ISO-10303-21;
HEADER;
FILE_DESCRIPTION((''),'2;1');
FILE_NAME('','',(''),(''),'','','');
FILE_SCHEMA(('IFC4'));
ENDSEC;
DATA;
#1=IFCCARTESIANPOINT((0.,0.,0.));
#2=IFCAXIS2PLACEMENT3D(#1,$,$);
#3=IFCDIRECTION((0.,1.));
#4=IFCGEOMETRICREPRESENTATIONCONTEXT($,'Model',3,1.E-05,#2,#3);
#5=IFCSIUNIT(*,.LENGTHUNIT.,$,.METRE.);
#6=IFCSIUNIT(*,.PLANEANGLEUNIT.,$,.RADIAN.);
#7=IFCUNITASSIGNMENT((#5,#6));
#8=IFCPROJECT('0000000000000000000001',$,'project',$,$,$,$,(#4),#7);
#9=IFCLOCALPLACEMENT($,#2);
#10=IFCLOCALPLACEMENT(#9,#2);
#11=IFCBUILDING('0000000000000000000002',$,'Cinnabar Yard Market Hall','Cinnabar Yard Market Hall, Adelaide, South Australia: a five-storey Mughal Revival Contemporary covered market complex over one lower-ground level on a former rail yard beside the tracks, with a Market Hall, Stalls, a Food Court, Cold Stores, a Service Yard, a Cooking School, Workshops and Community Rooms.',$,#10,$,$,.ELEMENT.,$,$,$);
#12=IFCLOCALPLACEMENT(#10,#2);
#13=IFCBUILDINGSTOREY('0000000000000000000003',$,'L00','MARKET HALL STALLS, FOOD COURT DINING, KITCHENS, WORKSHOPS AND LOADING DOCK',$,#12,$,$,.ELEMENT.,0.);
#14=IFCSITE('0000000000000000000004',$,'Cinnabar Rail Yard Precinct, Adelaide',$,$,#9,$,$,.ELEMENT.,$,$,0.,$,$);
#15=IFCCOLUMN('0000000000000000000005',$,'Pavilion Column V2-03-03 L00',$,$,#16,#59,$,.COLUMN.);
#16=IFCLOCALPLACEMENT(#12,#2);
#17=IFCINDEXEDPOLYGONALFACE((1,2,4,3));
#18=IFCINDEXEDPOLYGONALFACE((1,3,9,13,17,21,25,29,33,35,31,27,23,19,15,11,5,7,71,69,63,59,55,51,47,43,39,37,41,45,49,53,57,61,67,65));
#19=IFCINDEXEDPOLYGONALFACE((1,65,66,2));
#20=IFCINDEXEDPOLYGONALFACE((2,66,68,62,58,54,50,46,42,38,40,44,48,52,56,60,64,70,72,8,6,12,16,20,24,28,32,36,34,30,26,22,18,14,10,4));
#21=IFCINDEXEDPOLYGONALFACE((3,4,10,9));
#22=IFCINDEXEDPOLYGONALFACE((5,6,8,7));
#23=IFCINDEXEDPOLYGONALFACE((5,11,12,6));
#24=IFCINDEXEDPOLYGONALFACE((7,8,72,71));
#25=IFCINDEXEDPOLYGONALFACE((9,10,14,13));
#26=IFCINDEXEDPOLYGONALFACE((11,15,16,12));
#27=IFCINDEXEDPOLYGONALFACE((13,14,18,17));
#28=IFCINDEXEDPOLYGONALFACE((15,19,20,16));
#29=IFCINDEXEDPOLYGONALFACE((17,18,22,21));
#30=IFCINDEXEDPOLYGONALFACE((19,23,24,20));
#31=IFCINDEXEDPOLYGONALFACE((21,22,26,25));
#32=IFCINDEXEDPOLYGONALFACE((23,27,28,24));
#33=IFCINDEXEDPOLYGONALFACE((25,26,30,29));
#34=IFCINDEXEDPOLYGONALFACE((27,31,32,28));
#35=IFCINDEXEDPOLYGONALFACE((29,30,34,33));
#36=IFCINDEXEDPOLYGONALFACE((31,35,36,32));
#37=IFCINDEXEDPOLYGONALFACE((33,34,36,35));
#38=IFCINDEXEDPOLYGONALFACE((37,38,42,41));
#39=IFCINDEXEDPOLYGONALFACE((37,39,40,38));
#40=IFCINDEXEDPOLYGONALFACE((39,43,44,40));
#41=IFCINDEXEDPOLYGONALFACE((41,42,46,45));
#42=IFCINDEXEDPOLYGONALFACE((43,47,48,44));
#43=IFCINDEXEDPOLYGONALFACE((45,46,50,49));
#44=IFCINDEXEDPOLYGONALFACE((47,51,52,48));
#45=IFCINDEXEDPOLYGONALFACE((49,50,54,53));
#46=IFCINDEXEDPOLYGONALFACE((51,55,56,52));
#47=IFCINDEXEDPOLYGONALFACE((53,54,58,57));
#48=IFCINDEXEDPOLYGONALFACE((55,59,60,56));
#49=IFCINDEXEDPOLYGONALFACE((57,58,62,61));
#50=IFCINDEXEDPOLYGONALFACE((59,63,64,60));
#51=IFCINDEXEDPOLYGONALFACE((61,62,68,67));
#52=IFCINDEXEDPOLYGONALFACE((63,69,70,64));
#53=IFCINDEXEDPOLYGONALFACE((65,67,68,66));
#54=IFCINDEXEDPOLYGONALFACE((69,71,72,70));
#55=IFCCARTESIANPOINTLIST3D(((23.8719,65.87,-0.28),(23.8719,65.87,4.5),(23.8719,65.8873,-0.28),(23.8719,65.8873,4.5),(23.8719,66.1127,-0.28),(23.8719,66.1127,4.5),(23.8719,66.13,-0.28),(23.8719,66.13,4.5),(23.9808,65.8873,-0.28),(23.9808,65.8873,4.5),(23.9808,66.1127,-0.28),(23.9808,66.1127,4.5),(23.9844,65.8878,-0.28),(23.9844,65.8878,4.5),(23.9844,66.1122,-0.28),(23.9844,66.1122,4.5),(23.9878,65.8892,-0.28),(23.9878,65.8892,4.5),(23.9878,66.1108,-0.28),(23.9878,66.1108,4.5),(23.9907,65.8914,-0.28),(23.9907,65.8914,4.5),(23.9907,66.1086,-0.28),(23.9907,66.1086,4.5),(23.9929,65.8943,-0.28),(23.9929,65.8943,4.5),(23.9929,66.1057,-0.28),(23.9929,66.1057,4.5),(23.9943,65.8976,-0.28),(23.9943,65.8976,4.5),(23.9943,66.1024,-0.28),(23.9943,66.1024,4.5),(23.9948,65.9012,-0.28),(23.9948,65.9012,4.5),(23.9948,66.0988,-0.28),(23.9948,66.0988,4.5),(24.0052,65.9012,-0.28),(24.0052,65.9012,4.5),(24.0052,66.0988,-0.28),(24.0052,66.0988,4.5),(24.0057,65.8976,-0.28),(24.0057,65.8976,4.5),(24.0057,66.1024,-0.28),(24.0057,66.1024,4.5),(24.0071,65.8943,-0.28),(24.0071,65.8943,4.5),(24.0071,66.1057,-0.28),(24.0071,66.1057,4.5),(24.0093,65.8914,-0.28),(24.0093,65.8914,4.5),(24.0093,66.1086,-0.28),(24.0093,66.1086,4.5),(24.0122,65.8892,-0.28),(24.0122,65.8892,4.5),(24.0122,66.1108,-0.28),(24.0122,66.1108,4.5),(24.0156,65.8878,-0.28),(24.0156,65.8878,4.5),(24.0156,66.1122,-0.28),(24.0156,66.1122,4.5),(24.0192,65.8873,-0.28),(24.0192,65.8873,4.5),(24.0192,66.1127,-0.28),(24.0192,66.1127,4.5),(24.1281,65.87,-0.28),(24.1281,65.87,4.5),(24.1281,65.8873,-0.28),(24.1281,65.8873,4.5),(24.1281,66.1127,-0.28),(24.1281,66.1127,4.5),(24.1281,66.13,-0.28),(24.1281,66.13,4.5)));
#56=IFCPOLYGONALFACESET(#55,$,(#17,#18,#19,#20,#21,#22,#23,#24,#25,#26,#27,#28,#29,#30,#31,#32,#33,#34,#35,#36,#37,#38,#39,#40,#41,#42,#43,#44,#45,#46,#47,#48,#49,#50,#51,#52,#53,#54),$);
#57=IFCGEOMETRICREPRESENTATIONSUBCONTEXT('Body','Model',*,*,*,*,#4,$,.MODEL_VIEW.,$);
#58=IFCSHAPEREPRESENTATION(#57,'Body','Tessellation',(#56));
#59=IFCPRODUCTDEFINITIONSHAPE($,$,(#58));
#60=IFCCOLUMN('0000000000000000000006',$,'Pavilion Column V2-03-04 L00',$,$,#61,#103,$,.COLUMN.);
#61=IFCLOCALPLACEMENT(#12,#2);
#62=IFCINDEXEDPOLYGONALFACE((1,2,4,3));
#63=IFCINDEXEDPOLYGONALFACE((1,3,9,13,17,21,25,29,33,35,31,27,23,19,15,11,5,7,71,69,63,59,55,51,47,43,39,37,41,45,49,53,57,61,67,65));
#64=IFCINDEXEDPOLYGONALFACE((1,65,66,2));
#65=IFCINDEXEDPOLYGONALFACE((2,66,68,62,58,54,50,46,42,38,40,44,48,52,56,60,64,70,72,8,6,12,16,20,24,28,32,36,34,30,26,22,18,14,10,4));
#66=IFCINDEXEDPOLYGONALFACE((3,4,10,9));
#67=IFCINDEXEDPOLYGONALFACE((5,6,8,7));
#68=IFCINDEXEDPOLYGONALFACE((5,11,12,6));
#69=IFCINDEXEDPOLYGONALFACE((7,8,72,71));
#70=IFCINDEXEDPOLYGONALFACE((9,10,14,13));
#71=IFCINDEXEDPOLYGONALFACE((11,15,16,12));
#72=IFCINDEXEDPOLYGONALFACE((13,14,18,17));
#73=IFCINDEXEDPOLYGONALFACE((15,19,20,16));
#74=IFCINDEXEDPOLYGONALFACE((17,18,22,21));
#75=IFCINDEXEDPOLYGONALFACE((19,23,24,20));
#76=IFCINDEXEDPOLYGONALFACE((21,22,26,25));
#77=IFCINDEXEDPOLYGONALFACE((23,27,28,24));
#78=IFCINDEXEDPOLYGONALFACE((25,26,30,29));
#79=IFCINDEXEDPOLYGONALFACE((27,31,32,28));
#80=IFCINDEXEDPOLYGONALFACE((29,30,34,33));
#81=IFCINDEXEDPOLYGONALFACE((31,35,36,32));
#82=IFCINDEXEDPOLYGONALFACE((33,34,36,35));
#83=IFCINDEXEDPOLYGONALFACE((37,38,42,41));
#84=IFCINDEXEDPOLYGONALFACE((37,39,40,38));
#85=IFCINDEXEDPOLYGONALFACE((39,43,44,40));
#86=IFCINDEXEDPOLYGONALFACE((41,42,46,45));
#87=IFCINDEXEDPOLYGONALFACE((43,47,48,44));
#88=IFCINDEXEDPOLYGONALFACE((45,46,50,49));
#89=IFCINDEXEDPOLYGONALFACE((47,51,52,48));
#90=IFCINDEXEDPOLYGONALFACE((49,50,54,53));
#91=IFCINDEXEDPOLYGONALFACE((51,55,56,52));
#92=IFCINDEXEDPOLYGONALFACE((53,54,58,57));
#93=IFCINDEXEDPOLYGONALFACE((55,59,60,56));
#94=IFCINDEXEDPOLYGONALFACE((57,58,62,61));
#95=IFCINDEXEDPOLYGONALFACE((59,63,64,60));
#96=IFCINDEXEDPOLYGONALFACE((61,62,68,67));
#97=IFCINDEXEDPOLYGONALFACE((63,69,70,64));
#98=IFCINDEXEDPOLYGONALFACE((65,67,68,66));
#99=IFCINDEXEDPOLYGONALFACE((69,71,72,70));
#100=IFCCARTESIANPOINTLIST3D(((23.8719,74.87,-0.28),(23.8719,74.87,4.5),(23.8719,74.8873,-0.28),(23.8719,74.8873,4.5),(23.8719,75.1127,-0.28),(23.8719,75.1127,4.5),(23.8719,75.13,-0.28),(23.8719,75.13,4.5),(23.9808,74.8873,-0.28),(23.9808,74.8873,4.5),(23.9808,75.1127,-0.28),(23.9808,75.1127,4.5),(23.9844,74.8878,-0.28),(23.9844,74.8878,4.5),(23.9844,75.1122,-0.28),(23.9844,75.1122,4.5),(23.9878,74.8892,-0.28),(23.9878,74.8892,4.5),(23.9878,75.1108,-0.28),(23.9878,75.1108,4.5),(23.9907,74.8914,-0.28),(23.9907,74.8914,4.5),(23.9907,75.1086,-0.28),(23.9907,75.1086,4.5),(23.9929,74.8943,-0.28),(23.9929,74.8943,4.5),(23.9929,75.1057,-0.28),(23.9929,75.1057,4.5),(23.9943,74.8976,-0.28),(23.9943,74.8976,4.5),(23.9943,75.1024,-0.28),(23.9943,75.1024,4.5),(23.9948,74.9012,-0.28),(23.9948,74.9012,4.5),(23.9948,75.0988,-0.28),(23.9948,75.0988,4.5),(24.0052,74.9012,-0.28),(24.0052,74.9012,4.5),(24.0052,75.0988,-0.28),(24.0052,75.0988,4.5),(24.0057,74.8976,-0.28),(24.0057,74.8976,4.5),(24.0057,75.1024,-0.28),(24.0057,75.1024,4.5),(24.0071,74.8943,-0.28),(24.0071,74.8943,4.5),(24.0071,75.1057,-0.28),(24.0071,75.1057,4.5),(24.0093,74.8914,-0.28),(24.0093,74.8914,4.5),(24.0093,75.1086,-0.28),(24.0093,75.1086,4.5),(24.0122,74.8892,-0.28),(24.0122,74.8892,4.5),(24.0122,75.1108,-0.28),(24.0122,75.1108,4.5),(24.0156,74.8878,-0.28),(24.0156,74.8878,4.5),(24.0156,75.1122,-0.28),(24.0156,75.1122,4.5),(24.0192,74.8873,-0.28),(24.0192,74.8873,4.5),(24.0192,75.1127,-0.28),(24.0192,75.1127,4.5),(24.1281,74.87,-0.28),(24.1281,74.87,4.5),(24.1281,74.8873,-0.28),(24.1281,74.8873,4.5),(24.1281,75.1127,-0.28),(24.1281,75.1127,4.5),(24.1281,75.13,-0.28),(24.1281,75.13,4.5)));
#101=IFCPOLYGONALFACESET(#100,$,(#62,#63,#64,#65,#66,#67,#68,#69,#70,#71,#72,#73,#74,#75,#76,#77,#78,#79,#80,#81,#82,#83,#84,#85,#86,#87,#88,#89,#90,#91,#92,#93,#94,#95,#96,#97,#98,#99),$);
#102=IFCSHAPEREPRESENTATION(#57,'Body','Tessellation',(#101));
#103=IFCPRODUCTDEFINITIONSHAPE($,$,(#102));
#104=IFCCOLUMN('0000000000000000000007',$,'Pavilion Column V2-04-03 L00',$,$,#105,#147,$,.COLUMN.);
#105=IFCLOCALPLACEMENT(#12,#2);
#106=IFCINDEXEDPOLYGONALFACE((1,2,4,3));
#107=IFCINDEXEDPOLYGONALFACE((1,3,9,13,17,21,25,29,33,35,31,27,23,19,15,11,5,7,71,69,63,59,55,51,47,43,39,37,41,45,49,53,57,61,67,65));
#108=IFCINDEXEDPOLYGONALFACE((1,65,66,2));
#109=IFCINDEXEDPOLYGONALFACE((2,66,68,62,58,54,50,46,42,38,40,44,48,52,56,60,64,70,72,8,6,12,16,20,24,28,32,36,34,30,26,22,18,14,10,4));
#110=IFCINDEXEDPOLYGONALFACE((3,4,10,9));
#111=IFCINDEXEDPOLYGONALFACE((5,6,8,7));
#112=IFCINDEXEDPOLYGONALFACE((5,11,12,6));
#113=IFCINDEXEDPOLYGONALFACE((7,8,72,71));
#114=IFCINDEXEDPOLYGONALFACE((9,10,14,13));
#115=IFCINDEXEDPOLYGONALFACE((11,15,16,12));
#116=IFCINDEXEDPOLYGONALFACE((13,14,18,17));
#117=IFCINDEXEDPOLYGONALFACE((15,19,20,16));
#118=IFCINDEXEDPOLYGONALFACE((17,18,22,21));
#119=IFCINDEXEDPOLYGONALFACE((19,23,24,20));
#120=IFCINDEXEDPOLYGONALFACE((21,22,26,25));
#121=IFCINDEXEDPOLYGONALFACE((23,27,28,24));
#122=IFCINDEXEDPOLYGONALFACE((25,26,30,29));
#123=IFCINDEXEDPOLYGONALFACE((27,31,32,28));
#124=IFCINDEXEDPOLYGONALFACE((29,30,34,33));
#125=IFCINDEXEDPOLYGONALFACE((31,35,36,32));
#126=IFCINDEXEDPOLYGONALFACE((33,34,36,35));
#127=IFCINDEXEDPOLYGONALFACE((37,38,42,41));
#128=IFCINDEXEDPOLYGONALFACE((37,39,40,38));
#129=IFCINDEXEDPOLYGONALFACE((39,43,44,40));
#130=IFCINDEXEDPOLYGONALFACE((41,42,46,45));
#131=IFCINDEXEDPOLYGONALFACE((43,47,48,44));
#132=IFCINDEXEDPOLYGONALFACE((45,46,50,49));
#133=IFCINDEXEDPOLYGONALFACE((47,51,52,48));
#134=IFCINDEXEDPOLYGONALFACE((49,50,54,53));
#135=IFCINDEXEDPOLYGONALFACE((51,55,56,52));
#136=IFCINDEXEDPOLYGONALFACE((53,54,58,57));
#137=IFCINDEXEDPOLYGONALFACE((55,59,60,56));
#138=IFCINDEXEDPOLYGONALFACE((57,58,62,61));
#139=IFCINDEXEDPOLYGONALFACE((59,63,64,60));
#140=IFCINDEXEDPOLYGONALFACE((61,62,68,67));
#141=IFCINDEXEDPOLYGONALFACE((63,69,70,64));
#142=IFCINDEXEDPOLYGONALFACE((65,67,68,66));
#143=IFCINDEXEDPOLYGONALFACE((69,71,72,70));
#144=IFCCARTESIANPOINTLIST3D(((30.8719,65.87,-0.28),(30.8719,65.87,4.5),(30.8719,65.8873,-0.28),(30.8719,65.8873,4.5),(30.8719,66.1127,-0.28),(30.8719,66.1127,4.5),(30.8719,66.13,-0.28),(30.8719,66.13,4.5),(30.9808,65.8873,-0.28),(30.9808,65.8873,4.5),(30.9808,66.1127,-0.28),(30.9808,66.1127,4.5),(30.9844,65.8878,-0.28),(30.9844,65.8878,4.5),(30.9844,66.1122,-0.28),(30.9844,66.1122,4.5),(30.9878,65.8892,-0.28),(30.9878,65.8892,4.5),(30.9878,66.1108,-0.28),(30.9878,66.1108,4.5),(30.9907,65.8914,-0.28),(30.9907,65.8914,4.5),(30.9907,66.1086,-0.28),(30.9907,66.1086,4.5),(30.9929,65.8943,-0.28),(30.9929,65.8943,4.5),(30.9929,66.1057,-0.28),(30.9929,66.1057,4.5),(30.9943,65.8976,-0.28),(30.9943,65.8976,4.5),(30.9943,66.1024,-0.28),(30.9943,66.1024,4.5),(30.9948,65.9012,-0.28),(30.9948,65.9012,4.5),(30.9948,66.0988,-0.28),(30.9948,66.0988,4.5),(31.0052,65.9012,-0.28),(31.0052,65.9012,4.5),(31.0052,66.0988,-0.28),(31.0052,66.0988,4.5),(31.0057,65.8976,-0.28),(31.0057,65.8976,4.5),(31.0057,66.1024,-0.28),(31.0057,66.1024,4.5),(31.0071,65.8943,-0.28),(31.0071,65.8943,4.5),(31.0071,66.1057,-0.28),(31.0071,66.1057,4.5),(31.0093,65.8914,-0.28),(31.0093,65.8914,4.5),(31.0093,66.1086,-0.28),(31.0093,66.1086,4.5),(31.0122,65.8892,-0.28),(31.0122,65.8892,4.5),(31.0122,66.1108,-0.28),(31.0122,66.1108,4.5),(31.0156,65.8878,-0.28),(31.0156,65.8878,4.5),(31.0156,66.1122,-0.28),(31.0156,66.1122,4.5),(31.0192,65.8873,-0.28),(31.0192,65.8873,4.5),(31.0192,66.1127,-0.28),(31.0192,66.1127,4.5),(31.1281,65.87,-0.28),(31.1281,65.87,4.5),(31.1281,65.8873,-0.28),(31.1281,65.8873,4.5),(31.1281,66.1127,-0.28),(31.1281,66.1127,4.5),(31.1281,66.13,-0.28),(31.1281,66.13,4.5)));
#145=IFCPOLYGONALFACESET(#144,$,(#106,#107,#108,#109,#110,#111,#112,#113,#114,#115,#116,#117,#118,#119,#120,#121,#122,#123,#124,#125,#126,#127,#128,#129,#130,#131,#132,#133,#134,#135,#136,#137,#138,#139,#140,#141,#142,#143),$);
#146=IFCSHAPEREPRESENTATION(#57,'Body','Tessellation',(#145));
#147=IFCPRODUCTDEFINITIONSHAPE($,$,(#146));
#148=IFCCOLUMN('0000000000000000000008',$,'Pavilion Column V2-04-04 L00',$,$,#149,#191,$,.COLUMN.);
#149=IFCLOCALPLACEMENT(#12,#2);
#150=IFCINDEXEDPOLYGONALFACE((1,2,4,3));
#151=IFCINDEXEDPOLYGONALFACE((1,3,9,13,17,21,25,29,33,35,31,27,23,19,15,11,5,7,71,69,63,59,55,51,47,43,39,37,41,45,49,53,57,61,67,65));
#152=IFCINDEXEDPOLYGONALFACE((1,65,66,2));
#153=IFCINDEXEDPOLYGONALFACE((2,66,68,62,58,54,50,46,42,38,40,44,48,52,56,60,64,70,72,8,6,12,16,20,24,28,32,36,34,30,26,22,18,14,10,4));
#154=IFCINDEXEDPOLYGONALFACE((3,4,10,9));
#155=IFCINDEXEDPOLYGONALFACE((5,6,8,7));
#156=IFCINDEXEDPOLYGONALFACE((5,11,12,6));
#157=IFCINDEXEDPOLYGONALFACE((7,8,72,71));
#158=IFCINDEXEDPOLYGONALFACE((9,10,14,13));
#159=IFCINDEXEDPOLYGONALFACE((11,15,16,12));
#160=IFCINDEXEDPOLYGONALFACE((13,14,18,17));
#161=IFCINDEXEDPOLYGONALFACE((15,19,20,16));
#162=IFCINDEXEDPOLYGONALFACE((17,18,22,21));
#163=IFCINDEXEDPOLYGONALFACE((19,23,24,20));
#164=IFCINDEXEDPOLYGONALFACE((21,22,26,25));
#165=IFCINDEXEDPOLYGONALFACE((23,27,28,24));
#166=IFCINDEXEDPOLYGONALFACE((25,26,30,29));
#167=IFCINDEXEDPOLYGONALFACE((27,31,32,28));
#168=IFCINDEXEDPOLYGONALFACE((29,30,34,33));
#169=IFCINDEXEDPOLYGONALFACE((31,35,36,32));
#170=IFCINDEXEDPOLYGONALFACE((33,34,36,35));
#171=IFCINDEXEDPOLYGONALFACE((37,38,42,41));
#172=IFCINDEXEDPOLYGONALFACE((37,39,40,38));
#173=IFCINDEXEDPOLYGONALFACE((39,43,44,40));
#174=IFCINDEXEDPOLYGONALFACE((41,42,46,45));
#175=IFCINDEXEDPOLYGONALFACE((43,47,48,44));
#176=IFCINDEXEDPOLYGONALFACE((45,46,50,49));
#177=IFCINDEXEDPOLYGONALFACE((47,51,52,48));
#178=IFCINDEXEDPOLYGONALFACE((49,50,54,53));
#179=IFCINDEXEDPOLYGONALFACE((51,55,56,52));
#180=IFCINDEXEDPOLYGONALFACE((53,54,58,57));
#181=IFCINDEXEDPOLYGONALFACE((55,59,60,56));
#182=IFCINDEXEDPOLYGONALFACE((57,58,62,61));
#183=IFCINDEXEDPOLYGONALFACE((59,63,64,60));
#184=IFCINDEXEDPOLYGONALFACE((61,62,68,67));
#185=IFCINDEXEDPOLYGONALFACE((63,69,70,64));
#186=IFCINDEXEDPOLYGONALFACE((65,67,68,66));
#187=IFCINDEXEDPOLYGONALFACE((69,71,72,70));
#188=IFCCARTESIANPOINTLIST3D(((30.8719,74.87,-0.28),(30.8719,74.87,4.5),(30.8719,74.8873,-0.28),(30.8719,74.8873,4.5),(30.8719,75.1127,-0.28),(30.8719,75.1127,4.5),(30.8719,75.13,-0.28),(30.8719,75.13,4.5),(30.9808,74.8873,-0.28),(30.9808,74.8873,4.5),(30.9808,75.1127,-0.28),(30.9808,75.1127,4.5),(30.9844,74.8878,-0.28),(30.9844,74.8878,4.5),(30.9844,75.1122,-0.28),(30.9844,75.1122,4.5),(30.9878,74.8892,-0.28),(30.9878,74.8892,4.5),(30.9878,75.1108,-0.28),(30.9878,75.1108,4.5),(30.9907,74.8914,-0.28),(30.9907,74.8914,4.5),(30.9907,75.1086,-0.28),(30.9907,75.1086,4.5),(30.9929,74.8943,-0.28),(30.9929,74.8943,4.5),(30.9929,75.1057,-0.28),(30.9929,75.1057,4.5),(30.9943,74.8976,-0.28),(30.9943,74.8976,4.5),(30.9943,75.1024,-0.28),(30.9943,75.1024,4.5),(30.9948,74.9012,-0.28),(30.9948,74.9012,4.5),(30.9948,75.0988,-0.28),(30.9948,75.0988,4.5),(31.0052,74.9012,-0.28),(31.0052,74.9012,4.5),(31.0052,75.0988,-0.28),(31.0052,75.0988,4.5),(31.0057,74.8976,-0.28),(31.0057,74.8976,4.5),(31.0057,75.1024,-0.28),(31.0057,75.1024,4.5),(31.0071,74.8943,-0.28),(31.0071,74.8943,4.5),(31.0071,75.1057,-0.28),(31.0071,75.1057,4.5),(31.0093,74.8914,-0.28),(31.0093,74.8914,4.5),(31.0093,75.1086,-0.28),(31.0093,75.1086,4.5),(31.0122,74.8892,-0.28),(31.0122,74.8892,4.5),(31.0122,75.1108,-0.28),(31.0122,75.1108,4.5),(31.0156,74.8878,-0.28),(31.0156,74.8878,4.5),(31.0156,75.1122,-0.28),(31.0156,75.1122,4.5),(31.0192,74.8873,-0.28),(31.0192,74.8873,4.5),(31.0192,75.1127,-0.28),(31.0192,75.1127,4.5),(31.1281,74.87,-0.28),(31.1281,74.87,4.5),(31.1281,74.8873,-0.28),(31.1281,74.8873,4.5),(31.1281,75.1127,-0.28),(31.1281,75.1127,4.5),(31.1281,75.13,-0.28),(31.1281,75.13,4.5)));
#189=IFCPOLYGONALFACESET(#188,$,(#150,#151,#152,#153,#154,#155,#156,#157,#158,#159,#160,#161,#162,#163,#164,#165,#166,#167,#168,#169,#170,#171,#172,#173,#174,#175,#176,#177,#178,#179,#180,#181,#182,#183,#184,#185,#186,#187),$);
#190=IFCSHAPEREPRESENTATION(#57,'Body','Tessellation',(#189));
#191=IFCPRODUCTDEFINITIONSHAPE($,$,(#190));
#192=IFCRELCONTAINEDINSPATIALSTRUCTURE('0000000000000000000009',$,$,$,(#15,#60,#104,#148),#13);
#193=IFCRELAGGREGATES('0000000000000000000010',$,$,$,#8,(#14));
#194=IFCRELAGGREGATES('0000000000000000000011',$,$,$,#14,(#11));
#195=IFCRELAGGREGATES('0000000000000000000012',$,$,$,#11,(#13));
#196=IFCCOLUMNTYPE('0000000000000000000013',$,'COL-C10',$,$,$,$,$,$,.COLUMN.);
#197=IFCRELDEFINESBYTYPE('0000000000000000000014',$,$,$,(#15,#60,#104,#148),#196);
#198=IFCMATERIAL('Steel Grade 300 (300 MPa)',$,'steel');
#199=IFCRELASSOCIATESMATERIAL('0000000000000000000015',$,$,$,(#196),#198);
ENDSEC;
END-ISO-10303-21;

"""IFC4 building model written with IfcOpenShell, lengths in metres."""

from ifc_helpers import new_model, si_unit, direction, frame, origin, origin_2d_with_axis, place, context, subcontext, project, spatial, i_section, extrude, material, material_profile, profile_set, type_object, element, save


model = new_model("IFC4")

# Units and contexts
model_context = context("Model", 3, precision=1e-05, world=origin(), true_north=direction((0.0, 1.0)))
body_context = subcontext(model_context, "Body", "Model", "MODEL_VIEW")
ifc_project = project(units=[si_unit("LENGTHUNIT", "METRE"), si_unit("PLANEANGLEUNIT", "RADIAN")], contexts=[model_context])

# Site, building, storey
site_placement = place(None, origin())
site = spatial("IfcSite", under=ifc_project, at=site_placement, Name="Cinnabar Rail Yard Precinct, Adelaide", CompositionType="ELEMENT", RefElevation=0.0)
building_placement = place(site_placement, origin())
building = spatial("IfcBuilding", under=site, at=building_placement, Name="Cinnabar Yard Market Hall", Description="Cinnabar Yard Market Hall, Adelaide, South Australia: a five-storey Mughal Revival Contemporary covered market complex over one lower-ground level on a former rail yard beside the tracks, with a Market Hall, Stalls, a Food Court, Cold Stores, a Service Yard, a Cooking School, Workshops and Community Rooms.", CompositionType="ELEMENT")
storey_placement = place(building_placement, origin())
storey = spatial("IfcBuildingStorey", under=building, at=storey_placement, Name="L00", Description="MARKET HALL STALLS, FOOD COURT DINING, KITCHENS, WORKSHOPS AND LOADING DOCK", CompositionType="ELEMENT", Elevation=0.0)

# Columns
ifc_material_1 = material(Name="Steel Grade 300 (300 MPa)", Category="steel")
ifc_material_profile_1 = material_profile(ifc_material_1, i_section(OverallWidth=0.2561, OverallDepth=0.26, WebThickness=0.0105, FlangeThickness=0.0173, FilletRadius=0.0139, at=origin_2d_with_axis()), Name="250UC89.5")
ifc_profile_set_1 = profile_set([ifc_material_profile_1], Name="Steel Grade 300 (300 MPa)")
column_type_1 = type_object("IfcColumnType", Name="COL-C10", PredefinedType="COLUMN", material=ifc_profile_set_1)
for number, where, z_axis, x_axis, name in (
    (1, (24.0, 66.0, -0.28), (0.0, 0.0, 1.0), (1.0, 0.0, 0.0), "Pavilion Column V2-03-03 L00"),
    (2, (24.0, 75.0, -0.28), (0.0, 0.0, 1.0), (1.0, 0.0, 0.0), "Pavilion Column V2-03-04 L00"),
    (3, (31.0, 66.0, -0.28), (0.0, 0.0, 1.0), (1.0, 0.0, 0.0), "Pavilion Column V2-04-03 L00"),
    (4, (31.0, 75.0, -0.28), (0.0, 0.0, 1.0), (1.0, 0.0, 0.0), "Pavilion Column V2-04-04 L00"),
):
    element("IfcColumn", number, at=place(storey_placement, frame(where, z_axis=z_axis, x_axis=x_axis)), inside=storey, type_object=column_type_1, Name=name, PredefinedType="COLUMN", context=body_context, shape_type="SweptSolid", body=[
        extrude(i_section(OverallWidth=0.2561, OverallDepth=0.26, WebThickness=0.0105, FlangeThickness=0.0173, FilletRadius=0.0139, at=origin_2d_with_axis()), origin(), (0.0, 0.0, 1.0), 4.78),
    ])

save(model, "model.ifc")
